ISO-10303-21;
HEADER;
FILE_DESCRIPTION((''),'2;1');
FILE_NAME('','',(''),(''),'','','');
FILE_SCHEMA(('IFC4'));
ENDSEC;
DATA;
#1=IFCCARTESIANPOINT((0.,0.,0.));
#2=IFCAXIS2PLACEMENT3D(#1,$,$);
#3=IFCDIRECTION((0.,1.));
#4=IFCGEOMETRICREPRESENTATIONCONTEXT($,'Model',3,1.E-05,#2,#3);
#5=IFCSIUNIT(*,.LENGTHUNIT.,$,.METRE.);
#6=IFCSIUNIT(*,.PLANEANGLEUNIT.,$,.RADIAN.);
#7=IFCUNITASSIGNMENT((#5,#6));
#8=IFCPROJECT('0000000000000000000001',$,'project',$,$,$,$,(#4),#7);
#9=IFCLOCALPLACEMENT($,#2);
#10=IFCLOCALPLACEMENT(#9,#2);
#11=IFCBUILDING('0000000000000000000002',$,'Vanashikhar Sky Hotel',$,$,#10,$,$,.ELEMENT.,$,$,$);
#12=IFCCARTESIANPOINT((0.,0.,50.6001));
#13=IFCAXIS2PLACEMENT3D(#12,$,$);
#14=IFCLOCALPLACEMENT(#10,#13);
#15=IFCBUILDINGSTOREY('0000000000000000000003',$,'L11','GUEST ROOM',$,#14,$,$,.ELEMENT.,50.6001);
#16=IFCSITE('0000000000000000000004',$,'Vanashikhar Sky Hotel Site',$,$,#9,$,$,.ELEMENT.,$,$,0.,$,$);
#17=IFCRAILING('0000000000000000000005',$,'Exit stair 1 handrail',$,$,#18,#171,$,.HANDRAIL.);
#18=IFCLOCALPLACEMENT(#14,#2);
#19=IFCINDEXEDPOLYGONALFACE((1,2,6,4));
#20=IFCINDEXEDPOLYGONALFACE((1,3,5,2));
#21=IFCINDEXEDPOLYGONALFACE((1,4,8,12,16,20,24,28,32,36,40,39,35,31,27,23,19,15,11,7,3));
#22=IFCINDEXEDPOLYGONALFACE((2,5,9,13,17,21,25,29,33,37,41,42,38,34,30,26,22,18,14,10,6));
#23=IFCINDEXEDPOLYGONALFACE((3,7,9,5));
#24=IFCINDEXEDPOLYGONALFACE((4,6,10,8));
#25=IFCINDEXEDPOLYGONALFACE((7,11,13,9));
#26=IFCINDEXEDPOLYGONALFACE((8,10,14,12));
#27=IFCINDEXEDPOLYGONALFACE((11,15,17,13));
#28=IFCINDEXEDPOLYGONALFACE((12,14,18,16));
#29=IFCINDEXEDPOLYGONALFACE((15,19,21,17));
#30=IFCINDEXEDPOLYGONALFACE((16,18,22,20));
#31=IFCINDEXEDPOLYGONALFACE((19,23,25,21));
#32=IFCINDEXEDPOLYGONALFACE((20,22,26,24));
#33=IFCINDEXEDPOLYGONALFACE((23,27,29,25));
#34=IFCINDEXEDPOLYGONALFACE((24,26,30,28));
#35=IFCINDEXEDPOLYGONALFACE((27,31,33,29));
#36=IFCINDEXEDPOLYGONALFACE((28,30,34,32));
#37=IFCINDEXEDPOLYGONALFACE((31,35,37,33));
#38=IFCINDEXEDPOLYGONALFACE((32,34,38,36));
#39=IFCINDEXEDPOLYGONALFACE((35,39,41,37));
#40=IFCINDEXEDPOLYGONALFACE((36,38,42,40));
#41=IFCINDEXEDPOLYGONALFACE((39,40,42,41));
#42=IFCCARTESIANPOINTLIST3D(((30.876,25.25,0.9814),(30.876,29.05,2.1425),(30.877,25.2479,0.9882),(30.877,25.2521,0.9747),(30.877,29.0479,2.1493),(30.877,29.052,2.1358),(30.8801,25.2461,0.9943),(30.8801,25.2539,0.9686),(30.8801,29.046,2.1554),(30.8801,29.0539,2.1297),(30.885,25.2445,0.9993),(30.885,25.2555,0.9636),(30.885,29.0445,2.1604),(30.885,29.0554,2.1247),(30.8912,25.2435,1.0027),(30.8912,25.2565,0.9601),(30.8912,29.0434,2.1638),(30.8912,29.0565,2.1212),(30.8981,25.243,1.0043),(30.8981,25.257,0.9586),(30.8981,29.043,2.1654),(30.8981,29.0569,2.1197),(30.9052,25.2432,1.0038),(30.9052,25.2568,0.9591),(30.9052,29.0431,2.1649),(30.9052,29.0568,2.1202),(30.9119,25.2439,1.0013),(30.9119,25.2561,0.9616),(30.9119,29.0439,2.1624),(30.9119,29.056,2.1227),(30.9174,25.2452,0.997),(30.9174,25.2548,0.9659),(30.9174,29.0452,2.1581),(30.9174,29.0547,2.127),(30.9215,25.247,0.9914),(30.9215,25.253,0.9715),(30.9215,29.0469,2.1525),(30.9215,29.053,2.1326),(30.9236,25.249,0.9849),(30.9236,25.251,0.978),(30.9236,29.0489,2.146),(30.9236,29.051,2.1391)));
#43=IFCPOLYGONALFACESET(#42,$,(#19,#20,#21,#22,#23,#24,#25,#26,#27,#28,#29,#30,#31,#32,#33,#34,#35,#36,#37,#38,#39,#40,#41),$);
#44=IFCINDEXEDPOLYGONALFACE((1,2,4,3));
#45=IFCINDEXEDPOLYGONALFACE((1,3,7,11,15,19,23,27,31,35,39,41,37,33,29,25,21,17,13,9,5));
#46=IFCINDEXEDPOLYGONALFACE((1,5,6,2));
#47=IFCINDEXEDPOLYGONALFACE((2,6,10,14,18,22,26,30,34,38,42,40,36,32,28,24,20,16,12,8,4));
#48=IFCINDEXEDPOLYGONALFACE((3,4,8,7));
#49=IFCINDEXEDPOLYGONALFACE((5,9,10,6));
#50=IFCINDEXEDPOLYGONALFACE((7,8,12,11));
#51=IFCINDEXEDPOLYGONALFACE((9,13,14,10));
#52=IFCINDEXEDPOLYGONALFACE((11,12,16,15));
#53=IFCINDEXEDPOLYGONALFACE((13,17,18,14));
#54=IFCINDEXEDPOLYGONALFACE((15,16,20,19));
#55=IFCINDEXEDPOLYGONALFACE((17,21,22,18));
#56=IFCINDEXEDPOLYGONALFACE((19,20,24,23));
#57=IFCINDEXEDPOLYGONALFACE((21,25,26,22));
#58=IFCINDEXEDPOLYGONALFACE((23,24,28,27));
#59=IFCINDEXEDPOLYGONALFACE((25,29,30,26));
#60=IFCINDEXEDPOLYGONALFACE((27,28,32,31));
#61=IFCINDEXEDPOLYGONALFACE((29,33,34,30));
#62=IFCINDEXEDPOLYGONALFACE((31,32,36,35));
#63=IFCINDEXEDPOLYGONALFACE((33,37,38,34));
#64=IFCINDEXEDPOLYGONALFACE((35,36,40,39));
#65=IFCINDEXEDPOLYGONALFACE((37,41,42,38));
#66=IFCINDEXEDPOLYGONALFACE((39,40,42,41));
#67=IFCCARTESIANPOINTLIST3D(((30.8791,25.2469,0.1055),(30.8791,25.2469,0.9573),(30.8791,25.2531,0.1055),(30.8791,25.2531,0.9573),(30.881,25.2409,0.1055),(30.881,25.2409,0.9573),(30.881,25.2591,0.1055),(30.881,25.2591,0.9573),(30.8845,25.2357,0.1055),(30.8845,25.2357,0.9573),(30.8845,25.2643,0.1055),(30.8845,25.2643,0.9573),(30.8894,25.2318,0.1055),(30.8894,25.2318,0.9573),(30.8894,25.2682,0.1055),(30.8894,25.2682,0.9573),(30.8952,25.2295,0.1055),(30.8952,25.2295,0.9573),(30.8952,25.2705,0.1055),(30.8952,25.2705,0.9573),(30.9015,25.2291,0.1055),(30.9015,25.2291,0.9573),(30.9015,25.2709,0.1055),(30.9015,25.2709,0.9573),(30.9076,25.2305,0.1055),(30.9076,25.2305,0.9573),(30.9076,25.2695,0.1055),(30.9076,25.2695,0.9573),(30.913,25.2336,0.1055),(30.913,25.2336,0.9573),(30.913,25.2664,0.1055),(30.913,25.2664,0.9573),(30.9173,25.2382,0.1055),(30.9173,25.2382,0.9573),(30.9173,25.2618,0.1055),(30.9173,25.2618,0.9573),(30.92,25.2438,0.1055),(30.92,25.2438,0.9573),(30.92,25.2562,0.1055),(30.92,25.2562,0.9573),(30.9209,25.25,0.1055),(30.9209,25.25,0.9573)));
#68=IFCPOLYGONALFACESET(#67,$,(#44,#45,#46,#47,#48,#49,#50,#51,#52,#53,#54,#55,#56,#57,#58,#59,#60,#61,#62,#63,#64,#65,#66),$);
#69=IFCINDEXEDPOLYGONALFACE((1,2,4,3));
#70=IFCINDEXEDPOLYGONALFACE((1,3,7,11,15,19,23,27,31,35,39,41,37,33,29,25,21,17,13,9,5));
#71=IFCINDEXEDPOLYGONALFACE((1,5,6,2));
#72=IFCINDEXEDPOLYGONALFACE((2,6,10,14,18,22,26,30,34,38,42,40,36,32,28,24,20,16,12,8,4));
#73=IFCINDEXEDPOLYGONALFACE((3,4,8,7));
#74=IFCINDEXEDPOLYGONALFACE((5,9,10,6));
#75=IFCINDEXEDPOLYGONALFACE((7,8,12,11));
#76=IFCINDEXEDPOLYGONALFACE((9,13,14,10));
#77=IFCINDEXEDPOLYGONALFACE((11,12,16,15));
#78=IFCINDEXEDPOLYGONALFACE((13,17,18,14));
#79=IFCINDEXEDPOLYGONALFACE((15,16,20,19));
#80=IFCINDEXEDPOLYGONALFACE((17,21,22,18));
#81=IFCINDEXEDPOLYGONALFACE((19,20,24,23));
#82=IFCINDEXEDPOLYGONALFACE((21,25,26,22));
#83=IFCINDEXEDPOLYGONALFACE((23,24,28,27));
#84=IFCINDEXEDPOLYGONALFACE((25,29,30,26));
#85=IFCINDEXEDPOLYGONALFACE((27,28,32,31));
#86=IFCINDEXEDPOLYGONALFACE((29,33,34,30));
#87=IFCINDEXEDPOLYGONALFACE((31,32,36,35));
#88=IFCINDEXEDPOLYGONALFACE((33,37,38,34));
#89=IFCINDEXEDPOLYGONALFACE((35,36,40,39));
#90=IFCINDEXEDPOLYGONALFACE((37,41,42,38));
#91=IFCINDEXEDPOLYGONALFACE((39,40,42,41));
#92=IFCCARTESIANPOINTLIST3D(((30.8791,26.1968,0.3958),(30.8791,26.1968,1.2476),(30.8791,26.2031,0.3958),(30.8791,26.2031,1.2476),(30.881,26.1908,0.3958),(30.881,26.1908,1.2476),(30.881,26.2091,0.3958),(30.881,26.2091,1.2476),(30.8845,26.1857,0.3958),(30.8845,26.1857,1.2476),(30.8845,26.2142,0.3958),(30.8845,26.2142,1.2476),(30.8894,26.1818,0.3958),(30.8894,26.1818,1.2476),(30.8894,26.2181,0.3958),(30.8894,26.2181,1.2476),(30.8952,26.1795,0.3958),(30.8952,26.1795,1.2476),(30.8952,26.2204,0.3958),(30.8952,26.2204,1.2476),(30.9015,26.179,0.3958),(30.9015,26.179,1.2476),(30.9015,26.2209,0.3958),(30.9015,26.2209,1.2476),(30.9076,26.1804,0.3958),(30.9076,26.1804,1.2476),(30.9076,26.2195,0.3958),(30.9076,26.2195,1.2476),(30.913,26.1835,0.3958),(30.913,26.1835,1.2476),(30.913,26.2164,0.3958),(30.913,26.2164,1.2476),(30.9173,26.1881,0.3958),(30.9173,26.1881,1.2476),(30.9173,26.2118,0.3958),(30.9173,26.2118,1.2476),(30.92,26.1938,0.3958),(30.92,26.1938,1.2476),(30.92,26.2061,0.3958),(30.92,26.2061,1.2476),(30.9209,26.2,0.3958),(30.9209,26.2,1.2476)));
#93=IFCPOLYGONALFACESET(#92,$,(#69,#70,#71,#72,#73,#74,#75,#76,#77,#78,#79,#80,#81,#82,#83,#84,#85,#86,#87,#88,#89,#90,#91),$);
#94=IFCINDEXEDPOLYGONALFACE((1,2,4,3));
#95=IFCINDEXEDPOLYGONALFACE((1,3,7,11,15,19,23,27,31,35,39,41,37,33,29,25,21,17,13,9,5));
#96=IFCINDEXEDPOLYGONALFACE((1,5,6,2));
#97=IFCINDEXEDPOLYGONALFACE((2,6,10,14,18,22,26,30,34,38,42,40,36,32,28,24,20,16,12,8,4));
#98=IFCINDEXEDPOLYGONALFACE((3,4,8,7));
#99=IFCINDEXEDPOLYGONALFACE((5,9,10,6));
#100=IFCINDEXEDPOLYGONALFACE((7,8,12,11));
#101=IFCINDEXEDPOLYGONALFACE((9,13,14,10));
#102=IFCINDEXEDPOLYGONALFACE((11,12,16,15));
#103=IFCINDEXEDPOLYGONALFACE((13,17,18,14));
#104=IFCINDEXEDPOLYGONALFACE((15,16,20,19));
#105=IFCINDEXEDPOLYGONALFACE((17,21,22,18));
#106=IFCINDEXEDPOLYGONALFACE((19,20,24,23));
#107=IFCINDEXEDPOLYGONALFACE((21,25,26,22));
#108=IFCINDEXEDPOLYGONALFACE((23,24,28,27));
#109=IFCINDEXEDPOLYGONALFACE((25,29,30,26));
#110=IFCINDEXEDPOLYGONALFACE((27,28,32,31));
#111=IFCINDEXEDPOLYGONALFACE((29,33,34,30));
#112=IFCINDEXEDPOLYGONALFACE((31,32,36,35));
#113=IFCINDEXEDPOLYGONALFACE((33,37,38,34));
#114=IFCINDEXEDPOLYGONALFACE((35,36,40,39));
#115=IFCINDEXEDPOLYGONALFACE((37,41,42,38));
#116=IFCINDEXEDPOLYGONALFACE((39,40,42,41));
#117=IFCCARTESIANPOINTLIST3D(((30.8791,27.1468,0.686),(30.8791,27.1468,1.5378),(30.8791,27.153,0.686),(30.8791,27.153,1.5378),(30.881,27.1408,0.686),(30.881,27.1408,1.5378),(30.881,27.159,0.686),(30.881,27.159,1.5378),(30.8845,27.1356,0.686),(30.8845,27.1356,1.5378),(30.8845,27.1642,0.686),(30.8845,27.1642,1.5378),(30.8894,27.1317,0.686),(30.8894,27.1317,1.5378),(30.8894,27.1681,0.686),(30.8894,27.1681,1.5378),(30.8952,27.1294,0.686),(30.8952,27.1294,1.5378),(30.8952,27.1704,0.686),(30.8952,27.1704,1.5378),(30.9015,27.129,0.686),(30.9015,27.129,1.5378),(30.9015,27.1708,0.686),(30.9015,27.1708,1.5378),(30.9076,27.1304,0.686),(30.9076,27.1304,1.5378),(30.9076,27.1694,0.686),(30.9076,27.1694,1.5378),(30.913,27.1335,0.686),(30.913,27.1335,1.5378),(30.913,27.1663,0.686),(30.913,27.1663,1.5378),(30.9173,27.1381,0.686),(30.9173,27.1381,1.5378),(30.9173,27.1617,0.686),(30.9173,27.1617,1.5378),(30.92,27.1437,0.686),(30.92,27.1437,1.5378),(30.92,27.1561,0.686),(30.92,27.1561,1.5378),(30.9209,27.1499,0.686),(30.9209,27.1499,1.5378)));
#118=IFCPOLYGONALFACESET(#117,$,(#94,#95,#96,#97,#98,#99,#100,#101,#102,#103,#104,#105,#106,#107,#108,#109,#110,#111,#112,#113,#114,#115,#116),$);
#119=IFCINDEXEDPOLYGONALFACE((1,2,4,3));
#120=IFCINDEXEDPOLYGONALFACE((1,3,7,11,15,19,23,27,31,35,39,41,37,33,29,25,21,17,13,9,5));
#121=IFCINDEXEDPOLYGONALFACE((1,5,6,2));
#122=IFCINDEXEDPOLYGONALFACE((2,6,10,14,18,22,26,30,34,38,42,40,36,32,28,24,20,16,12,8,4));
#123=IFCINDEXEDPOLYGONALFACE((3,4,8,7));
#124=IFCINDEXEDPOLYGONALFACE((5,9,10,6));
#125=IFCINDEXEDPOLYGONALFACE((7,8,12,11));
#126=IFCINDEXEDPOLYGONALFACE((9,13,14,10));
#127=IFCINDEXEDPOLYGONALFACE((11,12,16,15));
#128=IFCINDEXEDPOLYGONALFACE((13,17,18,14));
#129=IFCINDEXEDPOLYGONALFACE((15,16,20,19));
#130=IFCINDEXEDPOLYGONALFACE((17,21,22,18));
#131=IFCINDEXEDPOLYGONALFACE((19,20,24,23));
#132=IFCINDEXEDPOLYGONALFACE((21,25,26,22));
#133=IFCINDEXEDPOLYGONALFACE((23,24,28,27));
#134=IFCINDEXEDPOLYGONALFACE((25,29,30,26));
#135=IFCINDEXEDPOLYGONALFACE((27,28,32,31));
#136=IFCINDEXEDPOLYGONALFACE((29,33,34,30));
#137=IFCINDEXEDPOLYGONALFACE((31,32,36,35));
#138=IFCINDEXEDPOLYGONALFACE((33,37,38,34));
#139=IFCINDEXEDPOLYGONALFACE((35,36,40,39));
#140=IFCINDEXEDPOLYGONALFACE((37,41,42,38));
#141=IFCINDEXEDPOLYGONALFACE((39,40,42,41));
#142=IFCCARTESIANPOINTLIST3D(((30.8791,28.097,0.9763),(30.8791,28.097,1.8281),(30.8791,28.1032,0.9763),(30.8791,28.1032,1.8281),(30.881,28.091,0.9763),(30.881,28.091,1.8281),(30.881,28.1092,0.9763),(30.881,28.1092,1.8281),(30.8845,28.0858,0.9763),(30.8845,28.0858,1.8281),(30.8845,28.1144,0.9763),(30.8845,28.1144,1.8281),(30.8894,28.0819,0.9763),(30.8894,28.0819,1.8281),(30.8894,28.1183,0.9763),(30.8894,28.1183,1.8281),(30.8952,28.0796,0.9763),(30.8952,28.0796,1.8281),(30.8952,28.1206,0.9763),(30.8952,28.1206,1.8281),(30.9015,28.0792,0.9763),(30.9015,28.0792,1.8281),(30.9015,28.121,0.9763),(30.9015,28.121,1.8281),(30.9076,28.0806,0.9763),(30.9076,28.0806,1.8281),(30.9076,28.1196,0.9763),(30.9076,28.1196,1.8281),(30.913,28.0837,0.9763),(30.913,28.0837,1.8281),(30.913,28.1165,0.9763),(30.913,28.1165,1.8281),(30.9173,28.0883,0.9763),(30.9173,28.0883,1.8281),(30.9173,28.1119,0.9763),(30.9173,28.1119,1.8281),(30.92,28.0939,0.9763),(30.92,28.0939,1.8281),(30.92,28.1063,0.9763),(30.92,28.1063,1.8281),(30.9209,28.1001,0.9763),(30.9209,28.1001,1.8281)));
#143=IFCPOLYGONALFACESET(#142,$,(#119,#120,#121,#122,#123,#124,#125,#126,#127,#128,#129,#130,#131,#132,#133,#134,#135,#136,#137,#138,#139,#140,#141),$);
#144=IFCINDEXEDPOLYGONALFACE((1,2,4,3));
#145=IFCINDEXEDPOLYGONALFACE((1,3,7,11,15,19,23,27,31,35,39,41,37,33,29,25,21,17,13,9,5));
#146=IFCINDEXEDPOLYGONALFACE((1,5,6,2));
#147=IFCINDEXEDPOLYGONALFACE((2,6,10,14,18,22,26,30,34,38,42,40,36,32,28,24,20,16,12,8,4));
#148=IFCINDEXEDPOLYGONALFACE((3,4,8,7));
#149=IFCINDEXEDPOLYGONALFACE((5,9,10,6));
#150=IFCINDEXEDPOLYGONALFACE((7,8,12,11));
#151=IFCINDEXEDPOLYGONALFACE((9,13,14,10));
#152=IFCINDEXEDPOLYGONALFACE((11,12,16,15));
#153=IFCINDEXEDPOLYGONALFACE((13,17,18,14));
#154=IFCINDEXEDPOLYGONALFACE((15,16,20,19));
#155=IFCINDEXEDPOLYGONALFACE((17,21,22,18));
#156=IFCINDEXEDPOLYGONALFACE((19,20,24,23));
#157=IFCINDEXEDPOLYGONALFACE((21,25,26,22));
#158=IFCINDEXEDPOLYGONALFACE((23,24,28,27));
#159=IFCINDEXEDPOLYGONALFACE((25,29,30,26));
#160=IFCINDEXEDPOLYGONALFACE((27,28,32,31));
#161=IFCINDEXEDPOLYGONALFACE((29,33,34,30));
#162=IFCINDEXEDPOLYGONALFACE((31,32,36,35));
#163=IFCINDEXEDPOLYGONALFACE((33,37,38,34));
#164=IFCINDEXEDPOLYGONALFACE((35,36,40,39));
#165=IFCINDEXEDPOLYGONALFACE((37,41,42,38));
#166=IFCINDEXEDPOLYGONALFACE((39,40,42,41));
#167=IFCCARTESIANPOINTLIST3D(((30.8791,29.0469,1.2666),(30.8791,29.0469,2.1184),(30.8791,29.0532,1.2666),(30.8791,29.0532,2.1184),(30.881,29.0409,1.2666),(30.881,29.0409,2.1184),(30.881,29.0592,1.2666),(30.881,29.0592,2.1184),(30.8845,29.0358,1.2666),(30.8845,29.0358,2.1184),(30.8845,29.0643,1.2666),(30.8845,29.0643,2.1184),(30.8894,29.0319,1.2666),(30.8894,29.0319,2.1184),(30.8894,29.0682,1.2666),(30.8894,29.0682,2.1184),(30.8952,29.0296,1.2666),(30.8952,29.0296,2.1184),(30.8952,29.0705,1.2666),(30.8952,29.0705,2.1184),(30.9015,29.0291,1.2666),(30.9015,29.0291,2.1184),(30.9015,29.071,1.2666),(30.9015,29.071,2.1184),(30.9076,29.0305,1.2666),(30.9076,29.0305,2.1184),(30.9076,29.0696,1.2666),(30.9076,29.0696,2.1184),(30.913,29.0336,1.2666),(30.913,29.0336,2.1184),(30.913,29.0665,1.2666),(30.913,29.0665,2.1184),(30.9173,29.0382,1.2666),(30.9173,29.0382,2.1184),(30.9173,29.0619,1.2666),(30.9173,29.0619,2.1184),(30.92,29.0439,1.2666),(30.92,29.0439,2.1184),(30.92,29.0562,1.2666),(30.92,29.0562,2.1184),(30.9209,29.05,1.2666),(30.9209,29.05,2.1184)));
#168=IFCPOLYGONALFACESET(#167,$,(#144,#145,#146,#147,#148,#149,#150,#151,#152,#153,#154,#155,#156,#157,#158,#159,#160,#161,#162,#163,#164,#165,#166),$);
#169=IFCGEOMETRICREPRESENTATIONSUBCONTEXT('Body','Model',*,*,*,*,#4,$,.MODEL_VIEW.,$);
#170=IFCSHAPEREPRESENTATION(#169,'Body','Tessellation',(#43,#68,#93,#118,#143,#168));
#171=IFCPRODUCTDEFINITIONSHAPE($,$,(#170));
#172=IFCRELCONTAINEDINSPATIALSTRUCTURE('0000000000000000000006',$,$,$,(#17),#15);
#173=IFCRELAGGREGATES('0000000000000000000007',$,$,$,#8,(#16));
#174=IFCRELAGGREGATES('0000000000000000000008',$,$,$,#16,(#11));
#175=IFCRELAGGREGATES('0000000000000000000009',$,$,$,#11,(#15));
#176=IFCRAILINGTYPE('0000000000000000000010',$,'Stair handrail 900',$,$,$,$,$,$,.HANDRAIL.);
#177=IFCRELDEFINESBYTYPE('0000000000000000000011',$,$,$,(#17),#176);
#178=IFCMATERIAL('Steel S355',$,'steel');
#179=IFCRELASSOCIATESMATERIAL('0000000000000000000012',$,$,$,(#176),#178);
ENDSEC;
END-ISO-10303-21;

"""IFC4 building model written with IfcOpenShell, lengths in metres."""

from ifc_helpers import new_model, si_unit, direction, frame, origin, origin_2d, place, context, subcontext, project, spatial, circle, extrude, source, transform, mapped, material, type_object, element, save


model = new_model("IFC4")

# Units and contexts
model_context = context("Model", 3, precision=1e-05, world=origin(), true_north=direction((0.0, 1.0)))
body_context = subcontext(model_context, "Body", "Model", "MODEL_VIEW")
ifc_project = project(units=[si_unit("LENGTHUNIT", "METRE"), si_unit("PLANEANGLEUNIT", "RADIAN")], contexts=[model_context])

# Site, building, storey
site_placement = place(None, origin())
site = spatial("IfcSite", under=ifc_project, at=site_placement, Name="Vanashikhar Sky Hotel Site", CompositionType="ELEMENT", RefElevation=0.0)
building_placement = place(site_placement, origin())
building = spatial("IfcBuilding", under=site, at=building_placement, Name="Vanashikhar Sky Hotel", CompositionType="ELEMENT")
storey_placement = place(building_placement, frame((0.0, 0.0, 50.6001)))
storey = spatial("IfcBuildingStorey", under=building, at=storey_placement, Name="L11", Description="GUEST ROOM", CompositionType="ELEMENT", Elevation=50.6001)

# Railing
ifc_material_1 = material(Name="Steel S355", Category="steel")
railing_type = type_object("IfcRailingType", Name="Stair handrail 900", PredefinedType="HANDRAIL", material=ifc_material_1)
shared_shape_1 = source(origin(), body_context, "Body", "SweptSolid", [
    extrude(circle(Radius=0.0239, at=origin_2d()), frame((0.0, 0.0, 0.876), z_axis=(0.0, 0.956351, 0.29222), x_axis=(-1.0, 0.0, 0.0)), (0.0, 0.0, 1.0), 3.9734),
    extrude(circle(Radius=0.021, at=origin_2d()), origin(), (0.0, 0.0, 1.0), 0.8518),
    extrude(circle(Radius=0.021, at=origin_2d()), frame((0.0, 0.95, 0.2903)), (0.0, 0.0, 1.0), 0.8518),
    extrude(circle(Radius=0.021, at=origin_2d()), frame((0.0, 1.8999, 0.5806)), (0.0, 0.0, 1.0), 0.8518),
    extrude(circle(Radius=0.021, at=origin_2d()), frame((0.0, 2.8501, 0.8708)), (0.0, 0.0, 1.0), 0.8518),
    extrude(circle(Radius=0.021, at=origin_2d()), frame((0.0, 3.8, 1.1611)), (0.0, 0.0, 1.0), 0.8518),
])
for number, where, name in (
    (1, (30.8999, 25.25, 0.1055), "Exit stair 1 handrail"),
):
    element("IfcRailing", number, at=place(storey_placement, frame(where)), inside=storey, type_object=railing_type, Name=name, PredefinedType="HANDRAIL", context=body_context, shape_type="MappedRepresentation", body=[
        mapped(shared_shape_1, transform((0.0, 0.0, 0.0), scale=1.0)),
    ])

save(model, "model.ifc")
